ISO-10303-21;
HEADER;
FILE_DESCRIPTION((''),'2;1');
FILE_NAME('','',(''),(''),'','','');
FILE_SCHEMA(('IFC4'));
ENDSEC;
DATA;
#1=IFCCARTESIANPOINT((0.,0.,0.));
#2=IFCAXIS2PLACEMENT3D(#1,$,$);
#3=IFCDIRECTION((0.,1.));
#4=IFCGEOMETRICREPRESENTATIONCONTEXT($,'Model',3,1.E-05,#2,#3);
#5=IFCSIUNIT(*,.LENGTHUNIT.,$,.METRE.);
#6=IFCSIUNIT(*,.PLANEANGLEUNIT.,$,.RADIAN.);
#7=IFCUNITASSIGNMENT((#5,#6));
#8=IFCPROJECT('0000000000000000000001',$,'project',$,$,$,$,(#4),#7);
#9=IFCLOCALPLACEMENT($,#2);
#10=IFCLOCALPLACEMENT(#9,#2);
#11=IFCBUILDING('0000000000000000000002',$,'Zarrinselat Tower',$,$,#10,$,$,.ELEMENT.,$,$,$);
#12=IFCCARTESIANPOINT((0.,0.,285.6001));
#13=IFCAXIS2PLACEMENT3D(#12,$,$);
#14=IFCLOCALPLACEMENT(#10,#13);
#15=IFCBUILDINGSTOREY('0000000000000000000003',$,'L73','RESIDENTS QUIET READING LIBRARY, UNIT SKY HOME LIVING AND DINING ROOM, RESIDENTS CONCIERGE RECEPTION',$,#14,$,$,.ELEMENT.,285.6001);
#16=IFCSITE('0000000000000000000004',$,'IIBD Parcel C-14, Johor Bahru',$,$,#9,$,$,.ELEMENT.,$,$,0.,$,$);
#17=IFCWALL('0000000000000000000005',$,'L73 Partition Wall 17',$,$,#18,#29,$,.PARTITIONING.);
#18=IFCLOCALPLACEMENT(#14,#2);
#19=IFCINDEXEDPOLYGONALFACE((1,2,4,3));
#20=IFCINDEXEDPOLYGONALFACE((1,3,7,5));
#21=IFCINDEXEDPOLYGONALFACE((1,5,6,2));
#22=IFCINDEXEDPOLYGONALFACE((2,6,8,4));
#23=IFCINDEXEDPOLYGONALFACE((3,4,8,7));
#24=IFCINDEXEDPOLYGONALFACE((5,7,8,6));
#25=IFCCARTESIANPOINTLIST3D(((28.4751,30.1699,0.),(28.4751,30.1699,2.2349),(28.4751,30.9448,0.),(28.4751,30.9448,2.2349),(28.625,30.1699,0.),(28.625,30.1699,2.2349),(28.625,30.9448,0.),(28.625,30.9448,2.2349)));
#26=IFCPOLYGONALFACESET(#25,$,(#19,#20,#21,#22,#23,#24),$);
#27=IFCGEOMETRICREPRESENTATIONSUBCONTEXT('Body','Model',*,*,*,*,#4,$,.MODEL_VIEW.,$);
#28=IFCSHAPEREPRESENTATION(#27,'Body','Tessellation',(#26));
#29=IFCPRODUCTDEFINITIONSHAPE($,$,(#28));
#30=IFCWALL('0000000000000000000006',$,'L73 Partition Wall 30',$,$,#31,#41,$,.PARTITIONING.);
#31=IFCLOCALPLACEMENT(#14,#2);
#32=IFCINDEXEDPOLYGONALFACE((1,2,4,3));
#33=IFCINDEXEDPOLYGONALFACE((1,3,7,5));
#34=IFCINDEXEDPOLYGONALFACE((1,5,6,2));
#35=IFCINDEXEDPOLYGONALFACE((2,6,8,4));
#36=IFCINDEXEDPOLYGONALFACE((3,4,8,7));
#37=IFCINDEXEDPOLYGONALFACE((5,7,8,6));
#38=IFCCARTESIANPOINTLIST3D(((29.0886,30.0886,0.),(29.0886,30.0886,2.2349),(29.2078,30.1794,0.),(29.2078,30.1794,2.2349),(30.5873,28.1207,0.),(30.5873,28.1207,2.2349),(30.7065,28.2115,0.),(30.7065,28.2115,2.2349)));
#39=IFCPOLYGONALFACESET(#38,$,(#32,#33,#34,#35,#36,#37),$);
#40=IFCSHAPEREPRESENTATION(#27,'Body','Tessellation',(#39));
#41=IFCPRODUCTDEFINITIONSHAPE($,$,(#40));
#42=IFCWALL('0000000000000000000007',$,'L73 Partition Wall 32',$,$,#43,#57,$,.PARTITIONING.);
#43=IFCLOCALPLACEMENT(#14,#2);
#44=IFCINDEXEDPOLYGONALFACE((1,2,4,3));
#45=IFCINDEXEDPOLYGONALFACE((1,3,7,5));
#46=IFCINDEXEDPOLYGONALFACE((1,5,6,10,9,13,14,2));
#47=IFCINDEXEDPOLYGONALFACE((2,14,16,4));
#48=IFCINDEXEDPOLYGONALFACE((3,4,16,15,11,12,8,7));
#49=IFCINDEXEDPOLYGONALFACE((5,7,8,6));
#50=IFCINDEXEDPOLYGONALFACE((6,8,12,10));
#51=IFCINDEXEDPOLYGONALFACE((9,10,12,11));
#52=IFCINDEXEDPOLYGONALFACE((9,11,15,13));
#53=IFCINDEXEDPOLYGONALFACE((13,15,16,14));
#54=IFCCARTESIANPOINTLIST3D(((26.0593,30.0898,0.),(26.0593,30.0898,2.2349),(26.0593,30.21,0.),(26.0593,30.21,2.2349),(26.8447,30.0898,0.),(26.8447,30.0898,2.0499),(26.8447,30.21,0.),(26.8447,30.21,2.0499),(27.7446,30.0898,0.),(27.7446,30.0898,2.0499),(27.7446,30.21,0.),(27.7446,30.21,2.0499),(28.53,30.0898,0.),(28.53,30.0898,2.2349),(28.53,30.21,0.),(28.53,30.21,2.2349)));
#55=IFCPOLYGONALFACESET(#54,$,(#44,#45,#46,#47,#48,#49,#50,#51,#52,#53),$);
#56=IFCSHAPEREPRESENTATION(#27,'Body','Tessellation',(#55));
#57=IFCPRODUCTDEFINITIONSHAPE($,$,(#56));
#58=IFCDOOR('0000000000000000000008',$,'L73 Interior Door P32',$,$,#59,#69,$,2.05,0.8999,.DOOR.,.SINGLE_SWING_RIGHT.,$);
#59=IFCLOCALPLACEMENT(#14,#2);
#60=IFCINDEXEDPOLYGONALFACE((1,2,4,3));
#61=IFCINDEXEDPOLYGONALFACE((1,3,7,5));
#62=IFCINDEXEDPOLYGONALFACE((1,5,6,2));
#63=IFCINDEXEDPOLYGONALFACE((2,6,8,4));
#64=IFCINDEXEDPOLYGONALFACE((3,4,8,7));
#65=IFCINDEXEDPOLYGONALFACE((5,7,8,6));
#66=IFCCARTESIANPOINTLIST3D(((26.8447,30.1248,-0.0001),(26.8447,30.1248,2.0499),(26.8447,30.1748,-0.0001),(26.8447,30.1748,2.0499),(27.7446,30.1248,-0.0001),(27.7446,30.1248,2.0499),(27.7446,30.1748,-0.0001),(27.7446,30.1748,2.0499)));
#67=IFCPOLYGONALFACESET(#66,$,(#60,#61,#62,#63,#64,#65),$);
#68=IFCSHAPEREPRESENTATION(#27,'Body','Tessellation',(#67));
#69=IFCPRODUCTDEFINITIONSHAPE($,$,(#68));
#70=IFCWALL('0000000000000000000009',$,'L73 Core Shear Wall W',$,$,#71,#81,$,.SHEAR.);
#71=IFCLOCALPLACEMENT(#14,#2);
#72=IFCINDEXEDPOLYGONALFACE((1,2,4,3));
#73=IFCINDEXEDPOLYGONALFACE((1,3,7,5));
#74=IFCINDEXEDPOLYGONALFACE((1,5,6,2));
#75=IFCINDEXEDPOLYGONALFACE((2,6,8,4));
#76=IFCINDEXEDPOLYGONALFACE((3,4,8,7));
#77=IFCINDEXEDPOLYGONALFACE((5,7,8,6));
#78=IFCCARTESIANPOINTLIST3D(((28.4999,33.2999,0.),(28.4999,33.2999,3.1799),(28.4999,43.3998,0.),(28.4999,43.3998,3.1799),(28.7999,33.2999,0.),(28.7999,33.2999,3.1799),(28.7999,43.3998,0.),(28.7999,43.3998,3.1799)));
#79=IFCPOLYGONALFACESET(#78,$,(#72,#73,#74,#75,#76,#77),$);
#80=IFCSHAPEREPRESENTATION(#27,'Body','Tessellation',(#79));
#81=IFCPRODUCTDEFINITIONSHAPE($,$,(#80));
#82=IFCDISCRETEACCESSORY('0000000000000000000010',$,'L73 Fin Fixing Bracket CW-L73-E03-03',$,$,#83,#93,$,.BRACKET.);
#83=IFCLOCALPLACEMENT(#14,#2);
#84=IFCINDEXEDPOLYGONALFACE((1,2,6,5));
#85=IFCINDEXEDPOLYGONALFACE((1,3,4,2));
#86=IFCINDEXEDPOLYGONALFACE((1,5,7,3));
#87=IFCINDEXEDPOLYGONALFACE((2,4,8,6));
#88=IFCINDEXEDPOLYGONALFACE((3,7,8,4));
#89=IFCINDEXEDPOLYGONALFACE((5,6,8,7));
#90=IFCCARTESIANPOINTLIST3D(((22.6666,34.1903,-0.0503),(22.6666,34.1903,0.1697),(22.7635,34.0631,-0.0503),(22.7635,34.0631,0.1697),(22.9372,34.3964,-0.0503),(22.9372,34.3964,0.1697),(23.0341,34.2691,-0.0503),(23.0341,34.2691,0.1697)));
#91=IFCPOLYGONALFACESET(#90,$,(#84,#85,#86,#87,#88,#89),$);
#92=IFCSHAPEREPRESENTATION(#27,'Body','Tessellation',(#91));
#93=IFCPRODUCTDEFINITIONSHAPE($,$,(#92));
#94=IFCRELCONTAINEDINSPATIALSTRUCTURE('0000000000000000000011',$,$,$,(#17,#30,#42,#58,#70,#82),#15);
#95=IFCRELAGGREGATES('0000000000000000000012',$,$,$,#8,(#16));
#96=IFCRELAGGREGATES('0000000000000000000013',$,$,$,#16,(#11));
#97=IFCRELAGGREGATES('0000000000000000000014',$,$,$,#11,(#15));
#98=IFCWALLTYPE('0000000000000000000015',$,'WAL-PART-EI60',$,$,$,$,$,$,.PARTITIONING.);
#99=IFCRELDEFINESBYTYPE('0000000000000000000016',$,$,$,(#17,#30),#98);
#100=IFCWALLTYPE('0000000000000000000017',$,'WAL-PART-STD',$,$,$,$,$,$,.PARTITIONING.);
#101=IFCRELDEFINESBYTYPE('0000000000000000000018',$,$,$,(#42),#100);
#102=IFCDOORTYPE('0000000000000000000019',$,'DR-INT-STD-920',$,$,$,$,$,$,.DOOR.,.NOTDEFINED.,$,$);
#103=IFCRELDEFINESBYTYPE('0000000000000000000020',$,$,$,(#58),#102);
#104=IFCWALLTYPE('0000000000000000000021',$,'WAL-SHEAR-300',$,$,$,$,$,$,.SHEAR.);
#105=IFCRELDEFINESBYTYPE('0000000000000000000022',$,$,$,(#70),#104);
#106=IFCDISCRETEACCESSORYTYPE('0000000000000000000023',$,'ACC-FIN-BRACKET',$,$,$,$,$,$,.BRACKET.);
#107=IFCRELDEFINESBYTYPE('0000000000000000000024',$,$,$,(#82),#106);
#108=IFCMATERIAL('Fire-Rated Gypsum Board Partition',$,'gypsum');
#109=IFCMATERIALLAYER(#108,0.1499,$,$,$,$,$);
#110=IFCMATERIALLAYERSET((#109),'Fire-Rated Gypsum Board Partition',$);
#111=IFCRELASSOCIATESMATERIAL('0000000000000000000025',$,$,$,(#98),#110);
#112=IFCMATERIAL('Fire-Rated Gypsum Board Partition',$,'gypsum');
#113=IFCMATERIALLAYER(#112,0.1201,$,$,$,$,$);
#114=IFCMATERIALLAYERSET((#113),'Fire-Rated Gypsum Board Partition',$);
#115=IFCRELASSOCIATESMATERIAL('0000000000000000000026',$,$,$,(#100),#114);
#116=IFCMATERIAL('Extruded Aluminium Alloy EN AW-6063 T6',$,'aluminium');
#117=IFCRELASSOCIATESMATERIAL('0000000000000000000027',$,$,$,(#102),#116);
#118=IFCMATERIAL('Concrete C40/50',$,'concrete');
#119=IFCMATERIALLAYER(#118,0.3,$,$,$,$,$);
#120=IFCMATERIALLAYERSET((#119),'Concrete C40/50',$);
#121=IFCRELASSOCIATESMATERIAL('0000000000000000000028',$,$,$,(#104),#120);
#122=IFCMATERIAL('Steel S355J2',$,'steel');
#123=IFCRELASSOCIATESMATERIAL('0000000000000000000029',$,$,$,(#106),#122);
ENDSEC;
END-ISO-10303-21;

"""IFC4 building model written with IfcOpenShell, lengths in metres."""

from ifc_helpers import new_model, si_unit, direction, frame, frame_2d, origin, origin_2d, place, context, subcontext, project, spatial, rectangle, extrude, material, layer, layer_set, type_object, element, fill, save


model = new_model("IFC4")

# Units and contexts
model_context = context("Model", 3, precision=1e-05, world=origin(), true_north=direction((0.0, 1.0)))
body_context = subcontext(model_context, "Body", "Model", "MODEL_VIEW")
ifc_project = project(units=[si_unit("LENGTHUNIT", "METRE"), si_unit("PLANEANGLEUNIT", "RADIAN")], contexts=[model_context])

# Site, building, storey
site_placement = place(None, origin())
site = spatial("IfcSite", under=ifc_project, at=site_placement, Name="IIBD Parcel C-14, Johor Bahru", CompositionType="ELEMENT", RefElevation=0.0)
building_placement = place(site_placement, origin())
building = spatial("IfcBuilding", under=site, at=building_placement, Name="Zarrinselat Tower", CompositionType="ELEMENT")
storey_placement = place(building_placement, frame((0.0, 0.0, 285.6001)))
storey = spatial("IfcBuildingStorey", under=building, at=storey_placement, Name="L73", Description="RESIDENTS QUIET READING LIBRARY, UNIT SKY HOME LIVING AND DINING ROOM, RESIDENTS CONCIERGE RECEPTION", CompositionType="ELEMENT", Elevation=285.6001)

# Shared definitions
ifc_material_1 = material(Name="Fire-Rated Gypsum Board Partition", Category="gypsum")
ifc_layer_1 = layer(ifc_material_1, 0.1499)
ifc_layer_set_1 = layer_set([ifc_layer_1], Name="Fire-Rated Gypsum Board Partition")
wall_type_1 = type_object("IfcWallType", Name="WAL-PART-EI60", PredefinedType="PARTITIONING", material=ifc_layer_set_1)

# Walls
wall_1_placement = place(storey_placement, frame((28.55, 30.1699, 0.0), z_axis=(0.0, 0.0, 1.0), x_axis=(0.0, 1.0, 0.0)))
element("IfcWall", 1, at=wall_1_placement, inside=storey, type_object=wall_type_1, Name="L73 Partition Wall 17", PredefinedType="PARTITIONING", context=body_context, shape_type="SweptSolid", body=[
    extrude(rectangle(XDim=0.7749, YDim=0.1499, at=frame_2d((0.3875, 0.0))), origin(), (0.0, 0.0, 1.0), 2.2349),
])
wall_2_placement = place(storey_placement, frame((29.1482, 30.134, 0.0), z_axis=(0.0, 0.0, 1.0), x_axis=(0.605874, -0.795561, 0.0)))
element("IfcWall", 2, at=wall_2_placement, inside=storey, type_object=wall_type_1, Name="L73 Partition Wall 30", PredefinedType="PARTITIONING", context=body_context, shape_type="SweptSolid", body=[
    extrude(rectangle(XDim=2.4736, YDim=0.1499, at=frame_2d((1.2368, 0.0))), origin(), (0.0, 0.0, 1.0), 2.2349),
])

# Wall, opening, door
ifc_material_2 = material(Name="Fire-Rated Gypsum Board Partition", Category="gypsum")
ifc_layer_2 = layer(ifc_material_2, 0.1201)
ifc_layer_set_2 = layer_set([ifc_layer_2], Name="Fire-Rated Gypsum Board Partition")
wall_type_2 = type_object("IfcWallType", Name="WAL-PART-STD", PredefinedType="PARTITIONING", material=ifc_layer_set_2)
wall_3_placement = place(storey_placement, frame((26.0593, 30.1499, 0.0), z_axis=(0.0, 0.0, 1.0), x_axis=(1.0, 0.0, 0.0)))
wall_3 = element("IfcWall", 3, at=wall_3_placement, inside=storey, type_object=wall_type_2, Name="L73 Partition Wall 32", PredefinedType="PARTITIONING", context=body_context, shape_type="SweptSolid", body=[
    extrude(rectangle(XDim=2.4707, YDim=0.1201, at=frame_2d((1.2354, 0.0))), origin(), (0.0, 0.0, 1.0), 2.2349),
])
opening_1_placement = place(wall_3_placement, frame((0.7854, 0.0, 0.0)))
opening_1 = element("IfcOpeningElement", 4, at=opening_1_placement, cuts=wall_3, PredefinedType="OPENING", context=body_context, shape_type="SweptSolid", body=[
    extrude(rectangle(XDim=0.8999, YDim=2.05, at=frame_2d((0.45, 1.0249))), frame((0.0, 0.0701, 0.0), z_axis=(0.0, -1.0, 0.0), x_axis=(1.0, 0.0, 0.0)), (0.0, 0.0, 1.0), 0.1401),
])
ifc_material_3 = material(Name="Extruded Aluminium Alloy EN AW-6063 T6", Category="aluminium")
door_type_1 = type_object("IfcDoorType", Name="DR-INT-STD-920", OperationType="NOTDEFINED", PredefinedType="DOOR", material=ifc_material_3)
door_1_placement = place(opening_1_placement, origin())
door_1 = element("IfcDoor", 5, at=door_1_placement, inside=storey, type_object=door_type_1, Name="L73 Interior Door P32", OperationType="SINGLE_SWING_RIGHT", OverallHeight=2.05, OverallWidth=0.8999, PredefinedType="DOOR", context=body_context, shape_type="SweptSolid", body=[
    extrude(rectangle(XDim=0.8999, YDim=2.05, at=frame_2d((0.45, 1.0249))), frame((0.0, 0.0249, 0.0), z_axis=(0.0, -1.0, 0.0), x_axis=(1.0, 0.0, 0.0)), (0.0, 0.0, 1.0), 0.05),
])
fill(opening_1, door_1)

# Shared definitions
ifc_material_4 = material(Name="Concrete C40/50", Category="concrete")
ifc_layer_3 = layer(ifc_material_4, 0.3)
ifc_layer_set_3 = layer_set([ifc_layer_3], Name="Concrete C40/50")
wall_type_3 = type_object("IfcWallType", Name="WAL-SHEAR-300", PredefinedType="SHEAR", material=ifc_layer_set_3)

# Wall
wall_4_placement = place(storey_placement, frame((28.6499, 33.3, 0.0), z_axis=(0.0, 0.0, 1.0), x_axis=(0.0, 1.0, 0.0)))
element("IfcWall", 6, at=wall_4_placement, inside=storey, type_object=wall_type_3, Name="L73 Core Shear Wall W", PredefinedType="SHEAR", context=body_context, shape_type="SweptSolid", body=[
    extrude(rectangle(XDim=10.0999, YDim=0.3, at=frame_2d((5.0498, 0.0))), origin(), (0.0, 0.0, 1.0), 3.1799),
])

# Discrete accessory
ifc_material_5 = material(Name="Steel S355J2", Category="steel")
discrete_accessory_type = type_object("IfcDiscreteAccessoryType", Name="ACC-FIN-BRACKET", PredefinedType="BRACKET", material=ifc_material_5)
discrete_accessory_placement = place(storey_placement, frame((22.8503, 34.2297, -0.0503), z_axis=(0.0, 0.0, 1.0), x_axis=(-0.795642, -0.605767, 0.0)))
element("IfcDiscreteAccessory", 7, at=discrete_accessory_placement, inside=storey, type_object=discrete_accessory_type, Name="L73 Fin Fixing Bracket CW-L73-E03-03", PredefinedType="BRACKET", context=body_context, shape_type="SweptSolid", body=[
    extrude(rectangle(XDim=0.3401, YDim=0.1599, at=origin_2d()), origin(), (0.0, 0.0, 1.0), 0.22),
])

save(model, "model.ifc")
